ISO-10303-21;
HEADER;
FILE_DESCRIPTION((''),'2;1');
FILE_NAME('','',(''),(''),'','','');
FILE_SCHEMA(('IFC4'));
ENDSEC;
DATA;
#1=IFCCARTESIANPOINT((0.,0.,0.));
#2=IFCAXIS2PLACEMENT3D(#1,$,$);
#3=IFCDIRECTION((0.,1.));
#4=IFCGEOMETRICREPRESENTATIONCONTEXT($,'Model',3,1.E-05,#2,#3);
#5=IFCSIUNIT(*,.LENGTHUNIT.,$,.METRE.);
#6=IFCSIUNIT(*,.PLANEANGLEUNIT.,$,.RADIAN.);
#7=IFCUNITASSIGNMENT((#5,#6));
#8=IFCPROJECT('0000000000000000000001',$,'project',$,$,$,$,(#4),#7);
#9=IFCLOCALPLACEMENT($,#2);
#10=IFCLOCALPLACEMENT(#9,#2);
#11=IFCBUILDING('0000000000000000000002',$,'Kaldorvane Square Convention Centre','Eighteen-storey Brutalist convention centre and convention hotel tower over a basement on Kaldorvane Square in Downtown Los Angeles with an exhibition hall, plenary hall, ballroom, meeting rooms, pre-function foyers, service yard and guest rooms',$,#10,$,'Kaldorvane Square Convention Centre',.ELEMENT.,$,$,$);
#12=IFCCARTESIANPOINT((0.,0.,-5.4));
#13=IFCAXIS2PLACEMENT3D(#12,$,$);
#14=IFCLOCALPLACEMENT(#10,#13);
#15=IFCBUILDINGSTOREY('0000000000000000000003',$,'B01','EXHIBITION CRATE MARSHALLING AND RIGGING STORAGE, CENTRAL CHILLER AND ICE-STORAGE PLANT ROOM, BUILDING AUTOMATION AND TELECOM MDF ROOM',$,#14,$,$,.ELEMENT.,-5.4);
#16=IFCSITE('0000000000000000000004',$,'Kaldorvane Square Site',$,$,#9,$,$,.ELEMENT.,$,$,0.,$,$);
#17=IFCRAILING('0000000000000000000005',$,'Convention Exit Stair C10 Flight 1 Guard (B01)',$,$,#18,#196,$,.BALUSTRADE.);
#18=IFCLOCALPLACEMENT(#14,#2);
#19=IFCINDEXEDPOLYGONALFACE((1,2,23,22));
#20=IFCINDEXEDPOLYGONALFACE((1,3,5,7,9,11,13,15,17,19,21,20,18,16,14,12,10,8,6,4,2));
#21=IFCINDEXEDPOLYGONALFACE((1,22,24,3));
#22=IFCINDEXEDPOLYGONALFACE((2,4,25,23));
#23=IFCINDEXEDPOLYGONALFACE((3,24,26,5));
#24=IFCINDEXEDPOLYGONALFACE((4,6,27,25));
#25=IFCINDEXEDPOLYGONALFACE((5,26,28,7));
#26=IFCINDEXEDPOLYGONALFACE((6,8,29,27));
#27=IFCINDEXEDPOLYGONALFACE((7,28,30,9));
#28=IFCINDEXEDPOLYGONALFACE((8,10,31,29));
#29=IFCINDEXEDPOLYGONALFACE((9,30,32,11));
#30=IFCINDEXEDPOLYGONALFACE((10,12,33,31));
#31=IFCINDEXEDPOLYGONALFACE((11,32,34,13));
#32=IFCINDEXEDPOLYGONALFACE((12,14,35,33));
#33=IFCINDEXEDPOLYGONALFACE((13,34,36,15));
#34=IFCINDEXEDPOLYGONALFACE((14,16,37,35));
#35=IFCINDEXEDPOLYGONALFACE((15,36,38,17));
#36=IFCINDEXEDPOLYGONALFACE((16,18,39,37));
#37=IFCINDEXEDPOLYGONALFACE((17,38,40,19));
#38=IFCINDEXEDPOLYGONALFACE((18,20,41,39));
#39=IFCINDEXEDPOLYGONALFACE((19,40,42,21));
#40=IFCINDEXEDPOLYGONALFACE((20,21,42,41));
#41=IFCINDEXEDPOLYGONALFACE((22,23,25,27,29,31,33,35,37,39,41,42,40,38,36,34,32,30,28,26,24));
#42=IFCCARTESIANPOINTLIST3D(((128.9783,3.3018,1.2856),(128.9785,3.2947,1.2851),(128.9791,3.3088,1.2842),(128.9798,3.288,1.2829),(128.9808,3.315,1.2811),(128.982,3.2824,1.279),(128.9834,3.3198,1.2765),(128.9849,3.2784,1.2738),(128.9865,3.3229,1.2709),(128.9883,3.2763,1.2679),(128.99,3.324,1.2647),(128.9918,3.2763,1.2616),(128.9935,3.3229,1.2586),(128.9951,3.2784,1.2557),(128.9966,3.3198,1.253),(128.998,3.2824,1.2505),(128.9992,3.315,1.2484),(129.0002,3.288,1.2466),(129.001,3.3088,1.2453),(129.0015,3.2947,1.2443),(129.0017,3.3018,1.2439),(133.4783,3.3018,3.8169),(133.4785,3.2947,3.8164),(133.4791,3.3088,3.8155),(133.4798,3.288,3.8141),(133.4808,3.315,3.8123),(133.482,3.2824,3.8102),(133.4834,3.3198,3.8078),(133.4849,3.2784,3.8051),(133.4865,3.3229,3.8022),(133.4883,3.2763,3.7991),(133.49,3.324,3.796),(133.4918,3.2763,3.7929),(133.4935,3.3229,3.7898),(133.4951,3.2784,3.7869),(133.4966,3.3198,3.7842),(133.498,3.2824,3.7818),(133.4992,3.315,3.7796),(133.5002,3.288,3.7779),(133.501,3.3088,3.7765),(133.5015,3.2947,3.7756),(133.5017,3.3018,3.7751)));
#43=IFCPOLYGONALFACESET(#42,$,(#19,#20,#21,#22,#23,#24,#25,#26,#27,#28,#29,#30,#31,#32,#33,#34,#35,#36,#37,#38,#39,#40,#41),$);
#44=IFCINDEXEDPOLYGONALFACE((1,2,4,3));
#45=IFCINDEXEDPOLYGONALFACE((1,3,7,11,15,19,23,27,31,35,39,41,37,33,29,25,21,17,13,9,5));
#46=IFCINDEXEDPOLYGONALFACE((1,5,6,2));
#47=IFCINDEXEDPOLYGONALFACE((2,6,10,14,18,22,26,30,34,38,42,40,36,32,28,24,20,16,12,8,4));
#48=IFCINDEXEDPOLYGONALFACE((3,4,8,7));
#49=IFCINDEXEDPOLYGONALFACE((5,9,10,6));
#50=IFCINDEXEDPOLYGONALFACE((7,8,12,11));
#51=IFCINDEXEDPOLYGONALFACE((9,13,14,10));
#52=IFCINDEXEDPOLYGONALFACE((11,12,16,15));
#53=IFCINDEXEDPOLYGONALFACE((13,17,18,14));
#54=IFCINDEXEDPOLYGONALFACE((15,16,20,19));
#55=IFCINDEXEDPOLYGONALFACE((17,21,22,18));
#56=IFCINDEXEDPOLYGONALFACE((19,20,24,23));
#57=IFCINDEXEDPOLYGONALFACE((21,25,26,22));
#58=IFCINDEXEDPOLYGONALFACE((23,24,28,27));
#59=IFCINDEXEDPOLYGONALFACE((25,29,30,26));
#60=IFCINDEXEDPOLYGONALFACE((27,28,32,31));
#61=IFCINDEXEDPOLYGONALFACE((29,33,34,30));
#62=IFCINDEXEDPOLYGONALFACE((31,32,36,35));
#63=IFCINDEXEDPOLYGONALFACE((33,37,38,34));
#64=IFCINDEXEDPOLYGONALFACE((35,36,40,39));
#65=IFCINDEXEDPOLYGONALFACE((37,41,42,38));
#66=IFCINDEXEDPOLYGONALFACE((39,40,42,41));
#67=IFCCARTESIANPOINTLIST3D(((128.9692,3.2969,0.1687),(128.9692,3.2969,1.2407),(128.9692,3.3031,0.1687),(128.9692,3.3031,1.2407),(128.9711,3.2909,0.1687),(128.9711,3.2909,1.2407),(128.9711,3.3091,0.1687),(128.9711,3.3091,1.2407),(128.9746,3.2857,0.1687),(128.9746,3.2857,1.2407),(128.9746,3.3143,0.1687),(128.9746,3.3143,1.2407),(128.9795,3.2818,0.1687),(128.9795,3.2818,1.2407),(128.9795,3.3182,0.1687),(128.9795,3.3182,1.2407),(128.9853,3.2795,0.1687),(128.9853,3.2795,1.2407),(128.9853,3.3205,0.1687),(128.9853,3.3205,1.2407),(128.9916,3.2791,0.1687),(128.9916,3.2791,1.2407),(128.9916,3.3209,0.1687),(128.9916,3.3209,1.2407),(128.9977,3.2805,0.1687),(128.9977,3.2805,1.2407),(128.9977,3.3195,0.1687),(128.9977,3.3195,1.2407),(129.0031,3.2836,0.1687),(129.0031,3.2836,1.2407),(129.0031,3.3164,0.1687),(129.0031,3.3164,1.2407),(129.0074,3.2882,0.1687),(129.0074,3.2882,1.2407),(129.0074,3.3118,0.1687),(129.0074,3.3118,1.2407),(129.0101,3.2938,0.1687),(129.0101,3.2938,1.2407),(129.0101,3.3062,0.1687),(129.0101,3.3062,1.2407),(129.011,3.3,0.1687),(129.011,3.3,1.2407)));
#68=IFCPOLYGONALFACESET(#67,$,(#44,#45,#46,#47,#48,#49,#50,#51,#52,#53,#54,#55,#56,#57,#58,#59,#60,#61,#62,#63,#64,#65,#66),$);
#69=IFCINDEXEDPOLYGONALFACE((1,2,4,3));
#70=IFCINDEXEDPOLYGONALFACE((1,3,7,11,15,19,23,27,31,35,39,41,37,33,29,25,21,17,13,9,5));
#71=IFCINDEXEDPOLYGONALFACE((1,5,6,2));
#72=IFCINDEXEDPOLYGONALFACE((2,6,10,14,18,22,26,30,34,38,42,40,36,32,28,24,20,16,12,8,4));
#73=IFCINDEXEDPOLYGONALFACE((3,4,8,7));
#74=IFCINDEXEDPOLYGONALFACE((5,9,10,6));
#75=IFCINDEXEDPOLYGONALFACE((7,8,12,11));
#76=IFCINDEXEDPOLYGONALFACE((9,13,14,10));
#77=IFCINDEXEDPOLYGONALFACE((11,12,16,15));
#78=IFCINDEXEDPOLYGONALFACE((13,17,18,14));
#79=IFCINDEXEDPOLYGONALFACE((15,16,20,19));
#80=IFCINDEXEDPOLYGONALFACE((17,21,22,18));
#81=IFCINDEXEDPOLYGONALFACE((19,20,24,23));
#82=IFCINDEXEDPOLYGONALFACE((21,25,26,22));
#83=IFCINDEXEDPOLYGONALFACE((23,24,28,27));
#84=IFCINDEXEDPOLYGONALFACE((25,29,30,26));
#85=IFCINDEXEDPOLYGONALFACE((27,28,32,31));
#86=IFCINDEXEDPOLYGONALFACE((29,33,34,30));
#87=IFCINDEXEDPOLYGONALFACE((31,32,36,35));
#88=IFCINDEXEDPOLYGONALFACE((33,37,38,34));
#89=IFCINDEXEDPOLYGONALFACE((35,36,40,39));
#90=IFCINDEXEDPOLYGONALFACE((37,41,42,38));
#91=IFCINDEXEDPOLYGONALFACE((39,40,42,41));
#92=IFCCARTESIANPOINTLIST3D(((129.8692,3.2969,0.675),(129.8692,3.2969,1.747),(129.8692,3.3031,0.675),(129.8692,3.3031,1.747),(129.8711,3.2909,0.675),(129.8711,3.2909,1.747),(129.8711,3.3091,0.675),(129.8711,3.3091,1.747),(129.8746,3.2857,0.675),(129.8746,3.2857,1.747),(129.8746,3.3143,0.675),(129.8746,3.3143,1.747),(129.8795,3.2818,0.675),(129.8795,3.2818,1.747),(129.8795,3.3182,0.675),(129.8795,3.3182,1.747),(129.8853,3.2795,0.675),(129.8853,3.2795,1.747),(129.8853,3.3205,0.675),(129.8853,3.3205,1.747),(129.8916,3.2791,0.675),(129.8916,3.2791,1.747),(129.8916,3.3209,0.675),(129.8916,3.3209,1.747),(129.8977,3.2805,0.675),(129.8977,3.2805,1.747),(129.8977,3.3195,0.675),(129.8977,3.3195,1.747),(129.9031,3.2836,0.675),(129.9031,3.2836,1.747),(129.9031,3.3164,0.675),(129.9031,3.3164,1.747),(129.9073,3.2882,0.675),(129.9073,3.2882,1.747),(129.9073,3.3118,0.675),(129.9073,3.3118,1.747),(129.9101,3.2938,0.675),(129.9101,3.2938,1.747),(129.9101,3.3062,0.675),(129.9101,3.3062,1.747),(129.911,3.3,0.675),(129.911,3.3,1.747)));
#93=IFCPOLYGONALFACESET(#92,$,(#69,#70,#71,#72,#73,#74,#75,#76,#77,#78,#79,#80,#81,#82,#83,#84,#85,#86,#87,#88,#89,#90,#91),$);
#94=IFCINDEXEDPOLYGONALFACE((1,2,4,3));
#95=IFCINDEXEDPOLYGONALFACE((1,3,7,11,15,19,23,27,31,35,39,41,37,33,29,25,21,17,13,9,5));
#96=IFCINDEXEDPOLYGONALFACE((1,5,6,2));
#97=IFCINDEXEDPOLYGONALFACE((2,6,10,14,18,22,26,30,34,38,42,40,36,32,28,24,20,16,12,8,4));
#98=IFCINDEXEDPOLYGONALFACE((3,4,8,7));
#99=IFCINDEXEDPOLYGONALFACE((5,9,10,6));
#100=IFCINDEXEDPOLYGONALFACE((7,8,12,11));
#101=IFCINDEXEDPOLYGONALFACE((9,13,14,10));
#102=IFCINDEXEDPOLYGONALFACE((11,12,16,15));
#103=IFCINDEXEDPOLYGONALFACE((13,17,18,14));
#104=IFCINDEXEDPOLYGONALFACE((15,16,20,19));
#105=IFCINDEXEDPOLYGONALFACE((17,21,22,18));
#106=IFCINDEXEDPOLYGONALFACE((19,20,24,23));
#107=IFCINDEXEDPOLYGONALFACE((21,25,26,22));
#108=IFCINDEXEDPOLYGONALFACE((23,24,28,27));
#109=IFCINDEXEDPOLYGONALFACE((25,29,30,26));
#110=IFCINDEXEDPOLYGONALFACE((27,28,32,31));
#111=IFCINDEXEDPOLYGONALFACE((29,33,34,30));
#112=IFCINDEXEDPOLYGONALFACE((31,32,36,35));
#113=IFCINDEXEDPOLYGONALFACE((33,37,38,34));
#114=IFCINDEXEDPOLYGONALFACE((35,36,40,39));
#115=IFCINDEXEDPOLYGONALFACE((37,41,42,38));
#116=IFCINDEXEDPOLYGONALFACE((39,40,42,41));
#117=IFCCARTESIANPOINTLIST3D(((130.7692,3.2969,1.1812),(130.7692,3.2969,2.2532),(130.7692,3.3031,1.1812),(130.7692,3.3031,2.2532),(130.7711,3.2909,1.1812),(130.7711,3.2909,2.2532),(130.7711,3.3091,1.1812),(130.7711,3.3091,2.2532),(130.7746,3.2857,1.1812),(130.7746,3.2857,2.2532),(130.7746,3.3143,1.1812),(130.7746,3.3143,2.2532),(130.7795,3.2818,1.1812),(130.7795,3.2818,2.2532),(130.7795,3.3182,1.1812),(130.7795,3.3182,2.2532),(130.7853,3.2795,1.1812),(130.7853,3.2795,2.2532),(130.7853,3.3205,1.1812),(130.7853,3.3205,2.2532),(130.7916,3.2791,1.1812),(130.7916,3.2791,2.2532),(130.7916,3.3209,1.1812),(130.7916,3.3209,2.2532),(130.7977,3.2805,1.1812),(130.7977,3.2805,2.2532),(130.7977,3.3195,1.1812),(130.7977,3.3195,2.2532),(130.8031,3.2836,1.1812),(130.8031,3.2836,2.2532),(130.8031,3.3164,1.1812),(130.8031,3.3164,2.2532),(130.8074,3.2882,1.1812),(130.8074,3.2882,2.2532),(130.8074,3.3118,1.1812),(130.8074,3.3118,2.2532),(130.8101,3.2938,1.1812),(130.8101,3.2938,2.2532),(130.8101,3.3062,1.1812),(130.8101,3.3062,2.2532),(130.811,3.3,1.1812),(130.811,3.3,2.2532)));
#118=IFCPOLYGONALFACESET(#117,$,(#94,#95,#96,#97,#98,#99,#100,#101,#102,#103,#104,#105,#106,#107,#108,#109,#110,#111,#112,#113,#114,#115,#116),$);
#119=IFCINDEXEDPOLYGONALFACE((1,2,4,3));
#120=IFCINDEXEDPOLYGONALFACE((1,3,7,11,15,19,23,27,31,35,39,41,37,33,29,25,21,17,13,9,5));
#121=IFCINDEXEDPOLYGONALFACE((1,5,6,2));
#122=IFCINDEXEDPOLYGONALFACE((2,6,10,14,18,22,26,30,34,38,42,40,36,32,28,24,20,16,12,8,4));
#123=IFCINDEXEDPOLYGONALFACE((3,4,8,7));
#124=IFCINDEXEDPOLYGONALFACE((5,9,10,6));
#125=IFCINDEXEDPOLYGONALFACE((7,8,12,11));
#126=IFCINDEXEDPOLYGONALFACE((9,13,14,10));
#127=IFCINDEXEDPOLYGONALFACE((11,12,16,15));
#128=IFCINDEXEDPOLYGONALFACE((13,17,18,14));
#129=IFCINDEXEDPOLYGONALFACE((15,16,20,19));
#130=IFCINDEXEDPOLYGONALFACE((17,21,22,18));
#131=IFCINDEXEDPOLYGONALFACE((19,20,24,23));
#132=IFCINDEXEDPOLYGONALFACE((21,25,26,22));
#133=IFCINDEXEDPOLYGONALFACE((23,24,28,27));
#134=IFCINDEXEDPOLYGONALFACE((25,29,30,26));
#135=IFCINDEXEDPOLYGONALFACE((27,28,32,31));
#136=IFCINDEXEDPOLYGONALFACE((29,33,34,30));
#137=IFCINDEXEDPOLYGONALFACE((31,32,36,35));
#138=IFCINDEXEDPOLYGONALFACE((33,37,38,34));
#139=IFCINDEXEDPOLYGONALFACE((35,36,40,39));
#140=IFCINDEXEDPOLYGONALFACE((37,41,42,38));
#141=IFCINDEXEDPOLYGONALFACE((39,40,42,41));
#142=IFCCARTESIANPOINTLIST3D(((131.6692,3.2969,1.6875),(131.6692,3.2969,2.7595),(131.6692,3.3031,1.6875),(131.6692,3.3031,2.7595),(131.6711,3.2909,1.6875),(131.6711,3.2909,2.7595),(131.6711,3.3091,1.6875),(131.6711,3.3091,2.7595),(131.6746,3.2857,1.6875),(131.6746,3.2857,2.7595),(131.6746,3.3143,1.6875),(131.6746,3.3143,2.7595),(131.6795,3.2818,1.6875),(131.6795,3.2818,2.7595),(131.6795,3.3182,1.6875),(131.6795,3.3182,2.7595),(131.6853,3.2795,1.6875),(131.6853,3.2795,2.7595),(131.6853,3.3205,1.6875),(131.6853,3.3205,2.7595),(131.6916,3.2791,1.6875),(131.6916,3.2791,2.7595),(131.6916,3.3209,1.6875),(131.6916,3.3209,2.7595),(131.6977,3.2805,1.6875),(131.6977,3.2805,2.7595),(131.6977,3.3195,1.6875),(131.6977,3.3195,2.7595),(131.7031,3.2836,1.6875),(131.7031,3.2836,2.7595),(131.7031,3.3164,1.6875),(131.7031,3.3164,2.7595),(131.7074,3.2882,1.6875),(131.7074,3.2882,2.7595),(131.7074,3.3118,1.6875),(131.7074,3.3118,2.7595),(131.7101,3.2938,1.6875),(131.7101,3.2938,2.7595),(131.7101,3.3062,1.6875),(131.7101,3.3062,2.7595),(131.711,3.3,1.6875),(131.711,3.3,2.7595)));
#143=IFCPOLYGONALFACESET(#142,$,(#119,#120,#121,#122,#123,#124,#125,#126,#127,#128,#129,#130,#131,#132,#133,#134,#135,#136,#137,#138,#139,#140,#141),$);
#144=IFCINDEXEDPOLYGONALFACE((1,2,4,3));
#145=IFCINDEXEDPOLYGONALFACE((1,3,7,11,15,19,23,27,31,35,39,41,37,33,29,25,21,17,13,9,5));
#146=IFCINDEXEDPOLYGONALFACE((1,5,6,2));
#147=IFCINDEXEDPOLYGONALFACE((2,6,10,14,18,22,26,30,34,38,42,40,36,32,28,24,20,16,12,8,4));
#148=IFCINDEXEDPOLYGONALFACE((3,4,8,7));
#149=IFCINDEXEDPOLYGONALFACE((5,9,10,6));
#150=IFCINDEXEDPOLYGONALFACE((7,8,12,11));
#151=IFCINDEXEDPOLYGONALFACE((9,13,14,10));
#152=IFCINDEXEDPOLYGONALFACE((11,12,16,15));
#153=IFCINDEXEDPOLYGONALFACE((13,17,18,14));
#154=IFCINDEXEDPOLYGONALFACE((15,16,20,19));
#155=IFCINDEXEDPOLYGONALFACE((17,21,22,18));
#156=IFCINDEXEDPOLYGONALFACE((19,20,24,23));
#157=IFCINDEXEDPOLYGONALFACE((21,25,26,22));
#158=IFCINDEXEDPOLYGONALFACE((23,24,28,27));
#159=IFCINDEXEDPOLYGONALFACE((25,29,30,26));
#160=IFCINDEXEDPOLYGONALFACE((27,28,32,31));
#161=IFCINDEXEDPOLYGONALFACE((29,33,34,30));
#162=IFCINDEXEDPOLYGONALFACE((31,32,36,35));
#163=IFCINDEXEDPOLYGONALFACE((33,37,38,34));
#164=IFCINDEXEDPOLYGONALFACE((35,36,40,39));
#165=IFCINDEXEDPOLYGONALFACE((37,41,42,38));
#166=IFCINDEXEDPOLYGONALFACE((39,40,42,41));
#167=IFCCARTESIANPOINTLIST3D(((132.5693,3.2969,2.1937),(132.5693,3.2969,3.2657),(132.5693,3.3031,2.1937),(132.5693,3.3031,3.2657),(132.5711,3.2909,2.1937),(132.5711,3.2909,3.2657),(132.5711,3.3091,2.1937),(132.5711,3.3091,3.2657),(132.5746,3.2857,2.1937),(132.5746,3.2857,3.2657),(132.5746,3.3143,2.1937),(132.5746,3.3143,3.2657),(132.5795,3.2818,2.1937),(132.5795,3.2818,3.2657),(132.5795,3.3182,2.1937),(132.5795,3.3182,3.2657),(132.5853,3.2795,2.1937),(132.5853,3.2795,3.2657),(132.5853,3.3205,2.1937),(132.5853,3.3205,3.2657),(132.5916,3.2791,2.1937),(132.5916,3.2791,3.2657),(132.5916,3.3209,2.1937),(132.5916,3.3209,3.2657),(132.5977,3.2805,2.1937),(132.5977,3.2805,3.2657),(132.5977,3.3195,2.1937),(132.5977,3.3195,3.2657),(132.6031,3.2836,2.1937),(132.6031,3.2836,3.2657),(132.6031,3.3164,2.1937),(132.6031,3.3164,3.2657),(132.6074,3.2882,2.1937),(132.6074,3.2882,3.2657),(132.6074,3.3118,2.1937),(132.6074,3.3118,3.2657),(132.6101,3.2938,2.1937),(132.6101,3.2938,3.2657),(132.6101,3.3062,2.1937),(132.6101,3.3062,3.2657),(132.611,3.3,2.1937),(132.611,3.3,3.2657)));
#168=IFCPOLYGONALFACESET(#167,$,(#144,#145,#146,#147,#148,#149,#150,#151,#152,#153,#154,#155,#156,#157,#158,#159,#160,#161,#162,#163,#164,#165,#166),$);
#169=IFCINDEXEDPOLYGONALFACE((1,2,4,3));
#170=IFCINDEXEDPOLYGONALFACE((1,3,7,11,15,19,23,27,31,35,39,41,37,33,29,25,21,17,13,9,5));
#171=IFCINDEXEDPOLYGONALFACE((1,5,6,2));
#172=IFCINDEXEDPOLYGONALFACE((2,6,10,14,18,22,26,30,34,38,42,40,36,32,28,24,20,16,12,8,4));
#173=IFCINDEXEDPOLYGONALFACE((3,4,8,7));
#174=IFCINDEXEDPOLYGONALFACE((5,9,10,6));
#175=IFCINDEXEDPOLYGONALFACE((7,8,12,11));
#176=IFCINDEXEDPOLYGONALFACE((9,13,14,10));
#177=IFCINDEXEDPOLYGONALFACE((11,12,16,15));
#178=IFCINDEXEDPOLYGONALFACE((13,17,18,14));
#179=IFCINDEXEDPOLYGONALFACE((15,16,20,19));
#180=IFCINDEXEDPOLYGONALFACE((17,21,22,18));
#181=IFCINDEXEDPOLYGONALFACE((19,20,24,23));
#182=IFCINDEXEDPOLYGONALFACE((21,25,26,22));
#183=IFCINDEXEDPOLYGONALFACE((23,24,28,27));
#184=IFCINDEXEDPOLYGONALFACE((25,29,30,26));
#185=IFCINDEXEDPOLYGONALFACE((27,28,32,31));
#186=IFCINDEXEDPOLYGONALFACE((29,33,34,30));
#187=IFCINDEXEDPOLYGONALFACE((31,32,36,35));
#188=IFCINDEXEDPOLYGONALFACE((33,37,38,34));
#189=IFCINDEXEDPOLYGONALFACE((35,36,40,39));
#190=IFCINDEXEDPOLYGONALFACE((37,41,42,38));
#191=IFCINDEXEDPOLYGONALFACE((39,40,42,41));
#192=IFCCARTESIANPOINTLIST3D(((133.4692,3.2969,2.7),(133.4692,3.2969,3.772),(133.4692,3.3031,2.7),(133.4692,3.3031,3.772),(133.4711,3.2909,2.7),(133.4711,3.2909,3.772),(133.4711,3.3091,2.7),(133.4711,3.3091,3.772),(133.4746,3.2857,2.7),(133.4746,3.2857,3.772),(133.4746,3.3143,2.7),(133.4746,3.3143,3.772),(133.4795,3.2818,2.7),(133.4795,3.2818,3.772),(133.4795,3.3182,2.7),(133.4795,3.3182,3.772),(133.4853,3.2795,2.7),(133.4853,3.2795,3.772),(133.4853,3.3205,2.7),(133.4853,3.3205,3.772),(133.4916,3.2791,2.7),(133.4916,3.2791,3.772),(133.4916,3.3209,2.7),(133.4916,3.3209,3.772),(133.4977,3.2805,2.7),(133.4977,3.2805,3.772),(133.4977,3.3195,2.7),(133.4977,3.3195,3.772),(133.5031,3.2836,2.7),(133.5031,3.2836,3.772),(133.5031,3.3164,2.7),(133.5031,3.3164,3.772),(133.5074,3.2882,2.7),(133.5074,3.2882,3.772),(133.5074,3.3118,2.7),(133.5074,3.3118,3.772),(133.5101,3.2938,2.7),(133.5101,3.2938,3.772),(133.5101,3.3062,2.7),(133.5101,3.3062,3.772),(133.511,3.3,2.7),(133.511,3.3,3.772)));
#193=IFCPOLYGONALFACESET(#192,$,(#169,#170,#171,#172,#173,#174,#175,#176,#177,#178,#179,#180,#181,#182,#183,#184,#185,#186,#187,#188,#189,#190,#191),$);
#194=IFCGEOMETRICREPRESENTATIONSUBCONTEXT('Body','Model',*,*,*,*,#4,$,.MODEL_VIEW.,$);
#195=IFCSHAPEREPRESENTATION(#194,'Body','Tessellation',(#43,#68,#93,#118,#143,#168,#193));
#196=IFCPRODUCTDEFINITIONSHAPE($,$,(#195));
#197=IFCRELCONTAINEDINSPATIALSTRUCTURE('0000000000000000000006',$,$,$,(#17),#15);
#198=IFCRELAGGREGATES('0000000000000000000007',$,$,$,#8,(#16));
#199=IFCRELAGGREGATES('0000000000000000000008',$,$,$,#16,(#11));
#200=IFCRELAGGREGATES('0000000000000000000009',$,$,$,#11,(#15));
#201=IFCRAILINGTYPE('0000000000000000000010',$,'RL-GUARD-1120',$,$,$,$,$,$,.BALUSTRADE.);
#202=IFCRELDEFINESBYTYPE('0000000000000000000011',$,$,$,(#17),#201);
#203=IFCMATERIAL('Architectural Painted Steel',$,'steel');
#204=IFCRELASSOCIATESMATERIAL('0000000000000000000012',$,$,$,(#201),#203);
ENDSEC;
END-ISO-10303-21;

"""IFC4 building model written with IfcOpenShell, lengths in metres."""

from ifc_helpers import new_model, si_unit, direction, frame, origin, origin_2d, place, context, subcontext, project, spatial, circle, extrude, material, type_object, element, save


model = new_model("IFC4")

# Units and contexts
model_context = context("Model", 3, precision=1e-05, world=origin(), true_north=direction((0.0, 1.0)))
body_context = subcontext(model_context, "Body", "Model", "MODEL_VIEW")
ifc_project = project(units=[si_unit("LENGTHUNIT", "METRE"), si_unit("PLANEANGLEUNIT", "RADIAN")], contexts=[model_context])

# Site, building, storey
site_placement = place(None, origin())
site = spatial("IfcSite", under=ifc_project, at=site_placement, Name="Kaldorvane Square Site", CompositionType="ELEMENT", RefElevation=0.0)
building_placement = place(site_placement, origin())
building = spatial("IfcBuilding", under=site, at=building_placement, Name="Kaldorvane Square Convention Centre", Description="Eighteen-storey Brutalist convention centre and convention hotel tower over a basement on Kaldorvane Square in Downtown Los Angeles with an exhibition hall, plenary hall, ballroom, meeting rooms, pre-function foyers, service yard and guest rooms", LongName="Kaldorvane Square Convention Centre", CompositionType="ELEMENT")
storey_placement = place(building_placement, frame((0.0, 0.0, -5.4)))
storey = spatial("IfcBuildingStorey", under=building, at=storey_placement, Name="B01", Description="EXHIBITION CRATE MARSHALLING AND RIGGING STORAGE, CENTRAL CHILLER AND ICE-STORAGE PLANT ROOM, BUILDING AUTOMATION AND TELECOM MDF ROOM", CompositionType="ELEMENT", Elevation=-5.4)

# Railing
ifc_material_1 = material(Name="Architectural Painted Steel", Category="steel")
railing_type_1 = type_object("IfcRailingType", Name="RL-GUARD-1120", PredefinedType="BALUSTRADE", material=ifc_material_1)
railing_1_placement = place(storey_placement, frame((128.99, 3.3, 0.1687)))
element("IfcRailing", 1, at=railing_1_placement, inside=storey, type_object=railing_type_1, Name="Convention Exit Stair C10 Flight 1 Guard (B01)", PredefinedType="BALUSTRADE", context=body_context, shape_type="SweptSolid", body=[
    extrude(circle(Radius=0.024, at=origin_2d()), frame((0.0, 0.0, 1.096), z_axis=(0.871576, 0.0, 0.490261), x_axis=(0.0, 1.0, 0.0)), (0.0, 0.0, 1.0), 5.1631),
    extrude(circle(Radius=0.021, at=origin_2d()), origin(), (0.0, 0.0, 1.0), 1.072),
    extrude(circle(Radius=0.021, at=origin_2d()), frame((0.9, 0.0, 0.5063)), (0.0, 0.0, 1.0), 1.072),
    extrude(circle(Radius=0.021, at=origin_2d()), frame((1.8, 0.0, 1.0125)), (0.0, 0.0, 1.0), 1.072),
    extrude(circle(Radius=0.021, at=origin_2d()), frame((2.7, 0.0, 1.5188)), (0.0, 0.0, 1.0), 1.072),
    extrude(circle(Radius=0.021, at=origin_2d()), frame((3.6, 0.0, 2.025)), (0.0, 0.0, 1.0), 1.072),
    extrude(circle(Radius=0.021, at=origin_2d()), frame((4.5, 0.0, 2.5312)), (0.0, 0.0, 1.0), 1.072),
])

save(model, "model.ifc")
